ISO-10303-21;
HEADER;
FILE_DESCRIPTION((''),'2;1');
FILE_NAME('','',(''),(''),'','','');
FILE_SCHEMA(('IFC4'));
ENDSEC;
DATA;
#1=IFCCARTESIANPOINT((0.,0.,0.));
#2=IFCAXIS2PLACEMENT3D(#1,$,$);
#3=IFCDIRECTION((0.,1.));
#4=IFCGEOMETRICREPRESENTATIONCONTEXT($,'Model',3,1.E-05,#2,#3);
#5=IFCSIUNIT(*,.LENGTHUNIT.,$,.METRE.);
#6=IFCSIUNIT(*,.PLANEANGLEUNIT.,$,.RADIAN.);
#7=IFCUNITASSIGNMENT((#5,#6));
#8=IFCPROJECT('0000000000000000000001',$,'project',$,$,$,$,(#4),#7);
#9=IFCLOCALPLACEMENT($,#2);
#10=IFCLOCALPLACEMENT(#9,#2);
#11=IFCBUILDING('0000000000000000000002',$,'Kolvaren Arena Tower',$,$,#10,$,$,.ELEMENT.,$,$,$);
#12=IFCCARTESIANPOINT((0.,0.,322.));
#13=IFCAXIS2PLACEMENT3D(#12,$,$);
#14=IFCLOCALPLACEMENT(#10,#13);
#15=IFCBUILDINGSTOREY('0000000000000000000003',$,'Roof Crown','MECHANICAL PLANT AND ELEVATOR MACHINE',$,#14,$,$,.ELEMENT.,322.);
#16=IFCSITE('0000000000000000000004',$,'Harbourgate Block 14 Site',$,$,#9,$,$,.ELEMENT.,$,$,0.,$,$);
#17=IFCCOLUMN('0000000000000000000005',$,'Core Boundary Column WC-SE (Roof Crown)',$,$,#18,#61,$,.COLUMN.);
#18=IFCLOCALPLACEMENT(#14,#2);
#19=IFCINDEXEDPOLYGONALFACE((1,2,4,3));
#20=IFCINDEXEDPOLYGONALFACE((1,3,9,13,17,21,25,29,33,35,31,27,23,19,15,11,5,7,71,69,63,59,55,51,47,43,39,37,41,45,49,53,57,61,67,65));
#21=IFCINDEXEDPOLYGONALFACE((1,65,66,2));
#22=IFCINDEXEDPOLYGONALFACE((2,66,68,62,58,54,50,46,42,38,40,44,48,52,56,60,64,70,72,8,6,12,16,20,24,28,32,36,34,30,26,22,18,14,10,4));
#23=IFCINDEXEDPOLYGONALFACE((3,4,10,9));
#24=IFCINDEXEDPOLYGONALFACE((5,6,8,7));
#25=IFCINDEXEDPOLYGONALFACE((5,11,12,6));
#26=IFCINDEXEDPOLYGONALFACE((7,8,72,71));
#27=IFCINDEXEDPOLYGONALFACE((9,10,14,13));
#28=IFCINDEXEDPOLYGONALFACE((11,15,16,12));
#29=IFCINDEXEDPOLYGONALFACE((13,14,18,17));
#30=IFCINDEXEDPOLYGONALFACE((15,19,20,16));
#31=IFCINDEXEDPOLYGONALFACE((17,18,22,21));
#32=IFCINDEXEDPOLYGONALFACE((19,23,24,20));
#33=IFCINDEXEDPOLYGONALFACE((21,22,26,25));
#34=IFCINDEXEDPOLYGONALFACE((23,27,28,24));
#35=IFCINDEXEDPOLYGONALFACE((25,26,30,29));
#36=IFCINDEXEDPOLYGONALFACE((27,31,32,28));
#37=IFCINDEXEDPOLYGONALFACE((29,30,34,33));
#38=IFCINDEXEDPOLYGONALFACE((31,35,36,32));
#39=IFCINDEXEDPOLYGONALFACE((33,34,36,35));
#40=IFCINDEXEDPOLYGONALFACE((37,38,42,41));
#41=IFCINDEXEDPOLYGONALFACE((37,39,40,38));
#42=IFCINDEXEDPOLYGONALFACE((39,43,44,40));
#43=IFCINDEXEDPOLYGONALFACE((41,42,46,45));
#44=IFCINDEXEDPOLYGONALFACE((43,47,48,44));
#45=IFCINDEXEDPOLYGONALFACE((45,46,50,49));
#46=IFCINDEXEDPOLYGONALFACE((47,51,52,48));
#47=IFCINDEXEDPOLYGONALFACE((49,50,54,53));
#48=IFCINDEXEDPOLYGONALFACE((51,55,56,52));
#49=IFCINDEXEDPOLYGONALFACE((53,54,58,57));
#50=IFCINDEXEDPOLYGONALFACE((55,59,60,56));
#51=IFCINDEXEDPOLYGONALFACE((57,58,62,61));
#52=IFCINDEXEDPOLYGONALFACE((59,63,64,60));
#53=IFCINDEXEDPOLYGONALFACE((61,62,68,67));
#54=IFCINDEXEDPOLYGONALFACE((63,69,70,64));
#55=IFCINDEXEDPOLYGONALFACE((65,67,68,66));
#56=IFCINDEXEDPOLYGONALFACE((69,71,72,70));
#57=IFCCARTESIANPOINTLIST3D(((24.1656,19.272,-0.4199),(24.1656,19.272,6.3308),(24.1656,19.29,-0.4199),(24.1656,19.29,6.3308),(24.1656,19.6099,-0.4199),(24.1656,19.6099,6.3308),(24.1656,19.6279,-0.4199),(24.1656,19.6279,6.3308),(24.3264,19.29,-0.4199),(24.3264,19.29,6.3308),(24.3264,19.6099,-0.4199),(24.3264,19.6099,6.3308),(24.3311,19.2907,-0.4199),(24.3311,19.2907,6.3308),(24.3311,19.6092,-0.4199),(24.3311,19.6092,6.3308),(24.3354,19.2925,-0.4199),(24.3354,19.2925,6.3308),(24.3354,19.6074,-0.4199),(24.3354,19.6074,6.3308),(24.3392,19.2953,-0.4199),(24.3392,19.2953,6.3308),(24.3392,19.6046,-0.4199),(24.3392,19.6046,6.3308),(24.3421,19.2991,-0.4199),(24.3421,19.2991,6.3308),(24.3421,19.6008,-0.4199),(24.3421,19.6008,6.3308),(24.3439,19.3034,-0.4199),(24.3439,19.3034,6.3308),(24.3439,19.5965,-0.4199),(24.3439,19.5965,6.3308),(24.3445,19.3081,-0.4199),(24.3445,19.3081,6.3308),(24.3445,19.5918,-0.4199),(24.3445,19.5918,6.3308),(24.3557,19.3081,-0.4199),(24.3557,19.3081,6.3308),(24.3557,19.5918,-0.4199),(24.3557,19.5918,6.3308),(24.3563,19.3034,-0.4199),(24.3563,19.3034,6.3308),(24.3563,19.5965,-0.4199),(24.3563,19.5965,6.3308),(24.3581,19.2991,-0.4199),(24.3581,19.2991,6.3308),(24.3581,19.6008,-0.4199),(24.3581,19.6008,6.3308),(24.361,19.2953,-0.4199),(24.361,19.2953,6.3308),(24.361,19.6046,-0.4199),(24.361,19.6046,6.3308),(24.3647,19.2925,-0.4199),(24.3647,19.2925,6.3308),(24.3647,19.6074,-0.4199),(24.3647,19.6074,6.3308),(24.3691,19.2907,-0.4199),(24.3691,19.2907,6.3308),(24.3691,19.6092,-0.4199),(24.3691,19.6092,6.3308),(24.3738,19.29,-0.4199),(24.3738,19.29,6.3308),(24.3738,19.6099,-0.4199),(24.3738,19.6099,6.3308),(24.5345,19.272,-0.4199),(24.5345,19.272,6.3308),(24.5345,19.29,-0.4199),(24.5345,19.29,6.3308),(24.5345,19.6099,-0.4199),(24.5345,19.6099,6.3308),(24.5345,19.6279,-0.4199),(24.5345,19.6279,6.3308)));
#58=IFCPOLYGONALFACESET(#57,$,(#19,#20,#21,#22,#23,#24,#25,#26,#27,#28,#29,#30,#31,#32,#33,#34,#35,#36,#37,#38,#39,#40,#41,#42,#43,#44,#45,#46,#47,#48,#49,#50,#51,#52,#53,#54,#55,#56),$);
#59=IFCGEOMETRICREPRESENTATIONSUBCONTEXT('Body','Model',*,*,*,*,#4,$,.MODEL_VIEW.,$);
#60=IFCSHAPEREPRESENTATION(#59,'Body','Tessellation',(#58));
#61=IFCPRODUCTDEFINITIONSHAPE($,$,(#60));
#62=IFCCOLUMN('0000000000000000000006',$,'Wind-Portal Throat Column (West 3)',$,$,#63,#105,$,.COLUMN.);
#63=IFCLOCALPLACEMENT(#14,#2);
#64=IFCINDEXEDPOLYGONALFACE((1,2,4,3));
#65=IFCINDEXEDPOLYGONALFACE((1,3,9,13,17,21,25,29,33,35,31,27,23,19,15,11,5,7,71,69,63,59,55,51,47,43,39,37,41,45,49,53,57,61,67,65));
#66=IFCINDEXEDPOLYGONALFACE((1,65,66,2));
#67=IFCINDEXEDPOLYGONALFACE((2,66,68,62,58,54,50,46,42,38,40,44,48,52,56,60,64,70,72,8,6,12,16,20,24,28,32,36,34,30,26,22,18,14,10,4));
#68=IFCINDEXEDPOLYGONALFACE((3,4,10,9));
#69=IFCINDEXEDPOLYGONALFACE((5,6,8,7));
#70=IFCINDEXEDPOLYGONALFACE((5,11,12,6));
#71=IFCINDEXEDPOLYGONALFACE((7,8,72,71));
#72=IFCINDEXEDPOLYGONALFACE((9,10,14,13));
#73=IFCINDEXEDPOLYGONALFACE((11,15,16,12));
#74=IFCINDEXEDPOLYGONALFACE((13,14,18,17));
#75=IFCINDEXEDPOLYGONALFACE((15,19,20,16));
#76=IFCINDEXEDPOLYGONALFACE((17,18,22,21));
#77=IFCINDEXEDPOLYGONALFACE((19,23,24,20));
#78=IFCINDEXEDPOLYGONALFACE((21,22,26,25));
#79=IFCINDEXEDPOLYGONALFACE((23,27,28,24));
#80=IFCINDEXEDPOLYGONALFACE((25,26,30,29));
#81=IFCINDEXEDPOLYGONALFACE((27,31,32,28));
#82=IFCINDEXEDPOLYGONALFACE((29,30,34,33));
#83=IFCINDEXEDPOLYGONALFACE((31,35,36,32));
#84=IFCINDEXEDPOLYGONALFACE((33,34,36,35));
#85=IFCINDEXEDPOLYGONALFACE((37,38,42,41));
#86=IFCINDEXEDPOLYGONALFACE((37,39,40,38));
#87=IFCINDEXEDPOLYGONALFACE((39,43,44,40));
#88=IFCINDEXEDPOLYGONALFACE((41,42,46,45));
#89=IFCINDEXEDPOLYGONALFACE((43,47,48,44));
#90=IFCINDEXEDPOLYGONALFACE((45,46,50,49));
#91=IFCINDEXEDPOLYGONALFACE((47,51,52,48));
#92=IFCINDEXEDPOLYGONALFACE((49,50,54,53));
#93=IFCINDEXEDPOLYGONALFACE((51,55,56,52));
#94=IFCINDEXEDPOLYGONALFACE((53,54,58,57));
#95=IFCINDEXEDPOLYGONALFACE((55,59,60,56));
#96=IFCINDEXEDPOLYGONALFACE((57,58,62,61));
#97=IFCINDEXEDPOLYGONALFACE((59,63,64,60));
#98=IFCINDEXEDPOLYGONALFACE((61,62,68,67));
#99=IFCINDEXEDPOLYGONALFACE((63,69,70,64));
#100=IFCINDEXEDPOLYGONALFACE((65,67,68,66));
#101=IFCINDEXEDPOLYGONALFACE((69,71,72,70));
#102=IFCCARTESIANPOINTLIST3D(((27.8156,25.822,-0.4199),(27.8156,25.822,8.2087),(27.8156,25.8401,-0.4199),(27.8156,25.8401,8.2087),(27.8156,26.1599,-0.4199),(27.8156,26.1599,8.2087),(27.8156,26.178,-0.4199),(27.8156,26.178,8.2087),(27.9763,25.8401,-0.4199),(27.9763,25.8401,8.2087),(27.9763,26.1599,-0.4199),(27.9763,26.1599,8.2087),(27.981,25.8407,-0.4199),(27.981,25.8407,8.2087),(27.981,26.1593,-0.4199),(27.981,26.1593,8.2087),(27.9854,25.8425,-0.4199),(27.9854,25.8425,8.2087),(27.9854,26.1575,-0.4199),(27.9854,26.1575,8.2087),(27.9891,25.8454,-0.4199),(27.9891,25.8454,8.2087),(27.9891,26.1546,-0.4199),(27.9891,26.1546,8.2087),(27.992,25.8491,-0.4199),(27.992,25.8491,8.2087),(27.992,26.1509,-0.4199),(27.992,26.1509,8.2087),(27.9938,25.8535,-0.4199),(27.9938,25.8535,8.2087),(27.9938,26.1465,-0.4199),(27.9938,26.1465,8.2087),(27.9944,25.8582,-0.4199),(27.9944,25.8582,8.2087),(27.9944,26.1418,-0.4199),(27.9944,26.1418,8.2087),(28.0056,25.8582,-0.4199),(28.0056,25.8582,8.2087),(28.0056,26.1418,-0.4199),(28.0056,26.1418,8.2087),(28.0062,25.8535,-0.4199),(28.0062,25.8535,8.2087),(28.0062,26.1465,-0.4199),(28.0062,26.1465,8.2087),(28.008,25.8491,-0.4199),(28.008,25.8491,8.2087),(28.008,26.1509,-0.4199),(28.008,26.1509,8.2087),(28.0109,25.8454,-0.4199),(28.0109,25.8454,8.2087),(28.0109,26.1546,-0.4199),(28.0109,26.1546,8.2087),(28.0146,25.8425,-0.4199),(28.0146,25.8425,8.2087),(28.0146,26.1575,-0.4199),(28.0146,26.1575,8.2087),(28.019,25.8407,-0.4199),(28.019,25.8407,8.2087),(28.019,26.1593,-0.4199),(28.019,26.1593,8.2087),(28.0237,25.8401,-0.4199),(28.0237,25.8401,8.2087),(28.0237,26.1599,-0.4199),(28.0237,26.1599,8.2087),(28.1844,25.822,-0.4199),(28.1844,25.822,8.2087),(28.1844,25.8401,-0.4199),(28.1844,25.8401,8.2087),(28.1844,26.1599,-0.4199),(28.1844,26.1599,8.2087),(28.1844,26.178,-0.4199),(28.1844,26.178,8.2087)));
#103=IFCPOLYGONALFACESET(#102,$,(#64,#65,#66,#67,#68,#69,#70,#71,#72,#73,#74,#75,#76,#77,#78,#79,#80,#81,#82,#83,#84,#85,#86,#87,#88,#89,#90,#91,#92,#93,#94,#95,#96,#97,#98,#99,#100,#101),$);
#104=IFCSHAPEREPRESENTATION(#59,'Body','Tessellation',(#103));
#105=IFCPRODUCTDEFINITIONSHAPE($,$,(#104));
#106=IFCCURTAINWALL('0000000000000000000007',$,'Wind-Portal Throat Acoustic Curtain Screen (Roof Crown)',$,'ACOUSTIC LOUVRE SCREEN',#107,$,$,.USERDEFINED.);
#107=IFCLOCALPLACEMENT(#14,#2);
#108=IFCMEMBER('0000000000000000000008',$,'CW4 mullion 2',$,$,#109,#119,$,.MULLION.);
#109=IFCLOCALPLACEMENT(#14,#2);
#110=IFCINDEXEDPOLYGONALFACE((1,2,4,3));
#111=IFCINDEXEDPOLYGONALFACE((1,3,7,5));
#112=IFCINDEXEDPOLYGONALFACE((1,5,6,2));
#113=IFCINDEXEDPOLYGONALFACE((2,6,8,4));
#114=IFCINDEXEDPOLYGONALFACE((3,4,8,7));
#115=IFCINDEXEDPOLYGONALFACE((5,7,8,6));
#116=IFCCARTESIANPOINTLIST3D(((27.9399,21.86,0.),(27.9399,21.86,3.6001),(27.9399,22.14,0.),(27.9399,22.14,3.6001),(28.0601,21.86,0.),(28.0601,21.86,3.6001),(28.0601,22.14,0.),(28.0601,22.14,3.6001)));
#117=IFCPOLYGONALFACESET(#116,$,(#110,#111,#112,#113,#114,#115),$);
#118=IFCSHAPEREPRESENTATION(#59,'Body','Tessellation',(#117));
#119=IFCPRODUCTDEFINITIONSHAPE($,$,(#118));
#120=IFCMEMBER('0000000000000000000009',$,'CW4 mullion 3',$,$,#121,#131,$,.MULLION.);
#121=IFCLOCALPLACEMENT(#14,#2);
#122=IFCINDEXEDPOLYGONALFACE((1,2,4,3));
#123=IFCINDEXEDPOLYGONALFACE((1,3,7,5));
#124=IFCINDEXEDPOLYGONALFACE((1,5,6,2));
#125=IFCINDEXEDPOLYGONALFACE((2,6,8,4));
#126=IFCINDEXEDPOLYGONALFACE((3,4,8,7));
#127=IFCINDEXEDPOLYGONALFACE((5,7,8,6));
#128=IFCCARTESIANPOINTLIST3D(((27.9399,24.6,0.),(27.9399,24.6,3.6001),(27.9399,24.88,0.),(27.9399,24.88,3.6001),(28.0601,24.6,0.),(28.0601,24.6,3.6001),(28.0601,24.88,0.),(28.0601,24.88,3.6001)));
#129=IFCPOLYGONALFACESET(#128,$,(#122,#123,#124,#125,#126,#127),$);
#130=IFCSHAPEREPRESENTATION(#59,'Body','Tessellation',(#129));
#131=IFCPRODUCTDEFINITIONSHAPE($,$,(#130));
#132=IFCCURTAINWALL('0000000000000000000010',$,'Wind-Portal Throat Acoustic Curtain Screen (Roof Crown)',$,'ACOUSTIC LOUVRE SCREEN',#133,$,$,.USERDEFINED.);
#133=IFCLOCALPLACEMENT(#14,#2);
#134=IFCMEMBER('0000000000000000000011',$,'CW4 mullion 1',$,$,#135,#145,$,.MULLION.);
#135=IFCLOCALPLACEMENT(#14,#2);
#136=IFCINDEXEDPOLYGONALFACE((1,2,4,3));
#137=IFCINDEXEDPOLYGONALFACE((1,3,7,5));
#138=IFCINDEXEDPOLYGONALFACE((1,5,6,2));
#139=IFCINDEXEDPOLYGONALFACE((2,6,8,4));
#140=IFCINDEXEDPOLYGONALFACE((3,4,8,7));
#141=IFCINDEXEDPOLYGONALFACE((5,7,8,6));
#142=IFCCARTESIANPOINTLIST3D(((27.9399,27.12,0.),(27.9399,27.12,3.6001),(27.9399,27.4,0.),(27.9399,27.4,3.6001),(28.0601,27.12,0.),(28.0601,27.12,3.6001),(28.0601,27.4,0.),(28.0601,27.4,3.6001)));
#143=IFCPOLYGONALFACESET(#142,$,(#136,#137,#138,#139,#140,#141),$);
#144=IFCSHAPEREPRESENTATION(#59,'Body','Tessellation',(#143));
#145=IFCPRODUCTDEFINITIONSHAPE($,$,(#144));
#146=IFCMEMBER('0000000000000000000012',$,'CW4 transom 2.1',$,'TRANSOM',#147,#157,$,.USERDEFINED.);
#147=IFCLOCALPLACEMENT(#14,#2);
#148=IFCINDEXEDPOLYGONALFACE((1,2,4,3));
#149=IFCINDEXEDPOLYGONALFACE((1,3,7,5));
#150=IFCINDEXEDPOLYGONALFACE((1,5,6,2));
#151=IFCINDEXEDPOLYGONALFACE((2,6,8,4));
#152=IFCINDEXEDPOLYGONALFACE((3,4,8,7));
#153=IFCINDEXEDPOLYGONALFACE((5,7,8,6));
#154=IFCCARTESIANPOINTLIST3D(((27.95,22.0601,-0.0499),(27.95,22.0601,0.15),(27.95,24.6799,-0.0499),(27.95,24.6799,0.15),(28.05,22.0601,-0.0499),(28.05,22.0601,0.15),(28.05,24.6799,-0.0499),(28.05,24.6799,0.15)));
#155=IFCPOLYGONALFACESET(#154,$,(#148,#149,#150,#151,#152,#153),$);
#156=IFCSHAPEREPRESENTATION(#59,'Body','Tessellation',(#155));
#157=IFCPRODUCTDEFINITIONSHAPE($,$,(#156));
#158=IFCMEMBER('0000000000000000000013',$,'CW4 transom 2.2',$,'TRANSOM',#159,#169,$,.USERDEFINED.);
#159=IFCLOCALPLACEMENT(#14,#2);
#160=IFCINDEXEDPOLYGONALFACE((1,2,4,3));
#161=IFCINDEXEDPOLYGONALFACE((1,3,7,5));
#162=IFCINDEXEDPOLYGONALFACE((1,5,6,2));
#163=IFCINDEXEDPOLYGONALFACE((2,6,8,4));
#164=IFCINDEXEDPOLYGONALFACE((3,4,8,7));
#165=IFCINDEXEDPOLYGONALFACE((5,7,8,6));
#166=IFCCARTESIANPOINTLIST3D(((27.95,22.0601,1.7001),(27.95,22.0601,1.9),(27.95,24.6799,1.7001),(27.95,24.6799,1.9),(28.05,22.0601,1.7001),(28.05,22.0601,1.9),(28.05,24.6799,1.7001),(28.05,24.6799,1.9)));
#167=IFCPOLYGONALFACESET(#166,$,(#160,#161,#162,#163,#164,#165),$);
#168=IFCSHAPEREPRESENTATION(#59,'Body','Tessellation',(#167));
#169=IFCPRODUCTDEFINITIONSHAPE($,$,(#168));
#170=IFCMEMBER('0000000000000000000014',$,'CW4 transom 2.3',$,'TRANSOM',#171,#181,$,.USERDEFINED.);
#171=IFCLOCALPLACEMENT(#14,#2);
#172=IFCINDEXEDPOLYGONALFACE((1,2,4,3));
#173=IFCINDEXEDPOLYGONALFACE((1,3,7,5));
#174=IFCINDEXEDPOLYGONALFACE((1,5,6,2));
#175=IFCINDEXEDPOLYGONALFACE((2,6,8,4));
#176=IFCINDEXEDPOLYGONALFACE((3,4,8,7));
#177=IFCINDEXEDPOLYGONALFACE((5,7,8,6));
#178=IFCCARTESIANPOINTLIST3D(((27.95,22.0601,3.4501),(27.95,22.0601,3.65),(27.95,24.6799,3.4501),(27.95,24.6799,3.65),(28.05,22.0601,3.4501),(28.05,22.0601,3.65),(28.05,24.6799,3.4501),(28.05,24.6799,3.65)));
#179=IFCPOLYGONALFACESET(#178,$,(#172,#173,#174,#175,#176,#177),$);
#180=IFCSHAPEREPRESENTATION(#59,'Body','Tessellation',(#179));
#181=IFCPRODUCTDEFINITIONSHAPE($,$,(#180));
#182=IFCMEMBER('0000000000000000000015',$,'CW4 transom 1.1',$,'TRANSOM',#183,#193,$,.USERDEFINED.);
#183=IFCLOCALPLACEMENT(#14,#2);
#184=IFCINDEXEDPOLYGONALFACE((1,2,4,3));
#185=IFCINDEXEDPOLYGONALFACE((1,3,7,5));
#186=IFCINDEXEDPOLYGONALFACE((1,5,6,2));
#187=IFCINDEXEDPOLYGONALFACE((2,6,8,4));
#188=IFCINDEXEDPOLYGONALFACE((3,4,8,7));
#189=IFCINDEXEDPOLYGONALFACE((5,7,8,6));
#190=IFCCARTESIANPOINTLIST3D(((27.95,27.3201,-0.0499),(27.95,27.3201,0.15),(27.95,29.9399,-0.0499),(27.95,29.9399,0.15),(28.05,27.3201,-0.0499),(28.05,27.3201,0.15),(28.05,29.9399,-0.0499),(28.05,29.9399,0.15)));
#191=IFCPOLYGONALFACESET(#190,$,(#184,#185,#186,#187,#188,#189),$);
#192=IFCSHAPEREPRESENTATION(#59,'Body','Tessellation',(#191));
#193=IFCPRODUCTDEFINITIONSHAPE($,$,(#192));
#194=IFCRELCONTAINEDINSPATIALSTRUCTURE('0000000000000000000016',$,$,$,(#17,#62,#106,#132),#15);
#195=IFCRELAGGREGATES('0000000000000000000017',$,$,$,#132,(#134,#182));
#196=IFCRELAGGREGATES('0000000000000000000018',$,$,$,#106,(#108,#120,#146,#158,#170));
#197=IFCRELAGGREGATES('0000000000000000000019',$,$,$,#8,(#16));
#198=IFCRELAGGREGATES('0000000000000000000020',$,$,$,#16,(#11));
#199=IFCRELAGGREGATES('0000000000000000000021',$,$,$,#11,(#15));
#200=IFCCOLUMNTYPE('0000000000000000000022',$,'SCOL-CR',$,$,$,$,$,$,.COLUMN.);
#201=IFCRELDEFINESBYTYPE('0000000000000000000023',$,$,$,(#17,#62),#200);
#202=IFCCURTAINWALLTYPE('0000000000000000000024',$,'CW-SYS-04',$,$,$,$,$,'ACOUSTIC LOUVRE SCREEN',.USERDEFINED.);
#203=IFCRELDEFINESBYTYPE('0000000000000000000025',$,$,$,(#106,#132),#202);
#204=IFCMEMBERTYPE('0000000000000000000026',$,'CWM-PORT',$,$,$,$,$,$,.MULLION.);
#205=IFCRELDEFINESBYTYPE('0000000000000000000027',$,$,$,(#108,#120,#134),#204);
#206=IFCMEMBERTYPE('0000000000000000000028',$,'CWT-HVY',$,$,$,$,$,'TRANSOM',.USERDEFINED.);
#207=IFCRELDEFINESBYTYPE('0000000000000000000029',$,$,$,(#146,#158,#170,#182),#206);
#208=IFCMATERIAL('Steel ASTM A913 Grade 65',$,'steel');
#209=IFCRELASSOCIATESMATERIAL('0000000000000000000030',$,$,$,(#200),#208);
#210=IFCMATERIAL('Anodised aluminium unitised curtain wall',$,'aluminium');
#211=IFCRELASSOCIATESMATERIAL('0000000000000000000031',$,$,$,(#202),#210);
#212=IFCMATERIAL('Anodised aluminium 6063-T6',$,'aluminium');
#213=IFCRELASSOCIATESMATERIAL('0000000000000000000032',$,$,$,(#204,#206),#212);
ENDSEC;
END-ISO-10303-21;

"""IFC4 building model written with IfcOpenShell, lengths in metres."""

from ifc_helpers import new_model, si_unit, direction, frame, origin, origin_2d, place, context, subcontext, project, spatial, rectangle, i_section, extrude, material, material_profile, profile_set, type_object, element, aggregate, save


model = new_model("IFC4")

# Units and contexts
model_context = context("Model", 3, precision=1e-05, world=origin(), true_north=direction((0.0, 1.0)))
body_context = subcontext(model_context, "Body", "Model", "MODEL_VIEW")
ifc_project = project(units=[si_unit("LENGTHUNIT", "METRE"), si_unit("PLANEANGLEUNIT", "RADIAN")], contexts=[model_context])

# Site, building, storey
site_placement = place(None, origin())
site = spatial("IfcSite", under=ifc_project, at=site_placement, Name="Harbourgate Block 14 Site", CompositionType="ELEMENT", RefElevation=0.0)
building_placement = place(site_placement, origin())
building = spatial("IfcBuilding", under=site, at=building_placement, Name="Kolvaren Arena Tower", CompositionType="ELEMENT")
storey_placement = place(building_placement, frame((0.0, 0.0, 322.0)))
storey = spatial("IfcBuildingStorey", under=building, at=storey_placement, Name="Roof Crown", Description="MECHANICAL PLANT AND ELEVATOR MACHINE", CompositionType="ELEMENT", Elevation=322.0)

# Columns
ifc_material_1 = material(Name="Steel ASTM A913 Grade 65", Category="steel")
ifc_material_profile_1 = material_profile(ifc_material_1, i_section(OverallWidth=0.3689, OverallDepth=0.356, WebThickness=0.0112, FlangeThickness=0.0181, FilletRadius=0.0181, at=origin_2d()), Name="W360x134")
ifc_profile_set_1 = profile_set([ifc_material_profile_1], Name="Steel ASTM A913 Grade 65")
column_type = type_object("IfcColumnType", Name="SCOL-CR", PredefinedType="COLUMN", material=ifc_profile_set_1)
column_1_placement = place(storey_placement, frame((24.3501, 19.45, -0.4199), z_axis=(0.0, 0.0, 1.0), x_axis=(1.0, 0.0, 0.0)))
element("IfcColumn", 1, at=column_1_placement, inside=storey, type_object=column_type, Name="Core Boundary Column WC-SE (Roof Crown)", PredefinedType="COLUMN", context=body_context, shape_type="SweptSolid", body=[
    extrude(i_section(OverallWidth=0.3689, OverallDepth=0.356, WebThickness=0.0112, FlangeThickness=0.0181, FilletRadius=0.0181, at=origin_2d()), origin(), (0.0, 0.0, 1.0), 6.7507),
])
column_2_placement = place(storey_placement, frame((28.0, 26.0, -0.4199), z_axis=(0.0, 0.0, 1.0), x_axis=(1.0, 0.0, 0.0)))
element("IfcColumn", 2, at=column_2_placement, inside=storey, type_object=column_type, Name="Wind-Portal Throat Column (West 3)", PredefinedType="COLUMN", context=body_context, shape_type="SweptSolid", body=[
    extrude(i_section(OverallWidth=0.3689, OverallDepth=0.356, WebThickness=0.0112, FlangeThickness=0.0181, FilletRadius=0.0181, at=origin_2d()), origin(), (0.0, 0.0, 1.0), 8.6287),
])

# Curtain wall, members
ifc_material_2 = material(Name="Anodised aluminium unitised curtain wall", Category="aluminium")
curtain_wall_type = type_object("IfcCurtainWallType", Name="CW-SYS-04", ElementType="ACOUSTIC LOUVRE SCREEN", PredefinedType="USERDEFINED", material=ifc_material_2)
curtain_wall_1_placement = place(storey_placement, origin())
curtain_wall_1 = element("IfcCurtainWall", 3, at=curtain_wall_1_placement, inside=storey, type_object=curtain_wall_type, Name="Wind-Portal Throat Acoustic Curtain Screen (Roof Crown)", ObjectType="ACOUSTIC LOUVRE SCREEN", PredefinedType="USERDEFINED")
ifc_material_3 = material(Name="Anodised aluminium 6063-T6", Category="aluminium")
ifc_material_profile_2 = material_profile(ifc_material_3, rectangle(XDim=0.1201, YDim=0.28, at=origin_2d()), Name="ALU-120x280")
ifc_profile_set_2 = profile_set([ifc_material_profile_2], Name="Anodised aluminium 6063-T6")
member_type_1 = type_object("IfcMemberType", Name="CWM-PORT", PredefinedType="MULLION", material=ifc_profile_set_2)
member_1_placement = place(storey_placement, frame((28.0, 22.0, 0.0), z_axis=(0.0, 0.0, 1.0), x_axis=(-1.0, 0.0, 0.0)))
member_1 = element("IfcMember", 4, at=member_1_placement, type_object=member_type_1, Name="CW4 mullion 2", PredefinedType="MULLION", context=body_context, shape_type="SweptSolid", body=[
    extrude(rectangle(XDim=0.1201, YDim=0.28, at=origin_2d()), origin(), (0.0, 0.0, 1.0), 3.6001),
])
member_2_placement = place(storey_placement, frame((28.0, 24.74, 0.0), z_axis=(0.0, 0.0, 1.0), x_axis=(-1.0, 0.0, 0.0)))
member_2 = element("IfcMember", 5, at=member_2_placement, type_object=member_type_1, Name="CW4 mullion 3", PredefinedType="MULLION", context=body_context, shape_type="SweptSolid", body=[
    extrude(rectangle(XDim=0.1201, YDim=0.28, at=origin_2d()), origin(), (0.0, 0.0, 1.0), 3.6001),
])

# Curtain wall, member
curtain_wall_2_placement = place(storey_placement, origin())
curtain_wall_2 = element("IfcCurtainWall", 6, at=curtain_wall_2_placement, inside=storey, type_object=curtain_wall_type, Name="Wind-Portal Throat Acoustic Curtain Screen (Roof Crown)", ObjectType="ACOUSTIC LOUVRE SCREEN", PredefinedType="USERDEFINED")
member_3_placement = place(storey_placement, frame((28.0, 27.26, 0.0), z_axis=(0.0, 0.0, 1.0), x_axis=(-1.0, 0.0, 0.0)))
member_3 = element("IfcMember", 7, at=member_3_placement, type_object=member_type_1, Name="CW4 mullion 1", PredefinedType="MULLION", context=body_context, shape_type="SweptSolid", body=[
    extrude(rectangle(XDim=0.1201, YDim=0.28, at=origin_2d()), origin(), (0.0, 0.0, 1.0), 3.6001),
])

# Members
ifc_material_profile_3 = material_profile(ifc_material_3, rectangle(XDim=0.1001, YDim=0.2, at=origin_2d()), Name="ALU-100x200")
ifc_profile_set_3 = profile_set([ifc_material_profile_3], Name="Anodised aluminium 6063-T6")
member_type_2 = type_object("IfcMemberType", Name="CWT-HVY", ElementType="TRANSOM", PredefinedType="USERDEFINED", material=ifc_profile_set_3)
member_4_placement = place(storey_placement, frame((28.0, 22.0601, 0.05), z_axis=(0.0, 1.0, 0.0), x_axis=(-1.0, 0.0, 0.0)))
member_4 = element("IfcMember", 8, at=member_4_placement, type_object=member_type_2, Name="CW4 transom 2.1", ObjectType="TRANSOM", PredefinedType="USERDEFINED", context=body_context, shape_type="SweptSolid", body=[
    extrude(rectangle(XDim=0.1001, YDim=0.2, at=origin_2d()), origin(), (0.0, 0.0, 1.0), 2.6199),
])
member_5_placement = place(storey_placement, frame((28.0, 22.0601, 1.8), z_axis=(0.0, 1.0, 0.0), x_axis=(-1.0, 0.0, 0.0)))
member_5 = element("IfcMember", 9, at=member_5_placement, type_object=member_type_2, Name="CW4 transom 2.2", ObjectType="TRANSOM", PredefinedType="USERDEFINED", context=body_context, shape_type="SweptSolid", body=[
    extrude(rectangle(XDim=0.1001, YDim=0.2, at=origin_2d()), origin(), (0.0, 0.0, 1.0), 2.6199),
])
member_6_placement = place(storey_placement, frame((28.0, 22.0601, 3.55), z_axis=(0.0, 1.0, 0.0), x_axis=(-1.0, 0.0, 0.0)))
member_6 = element("IfcMember", 10, at=member_6_placement, type_object=member_type_2, Name="CW4 transom 2.3", ObjectType="TRANSOM", PredefinedType="USERDEFINED", context=body_context, shape_type="SweptSolid", body=[
    extrude(rectangle(XDim=0.1001, YDim=0.2, at=origin_2d()), origin(), (0.0, 0.0, 1.0), 2.6199),
])
member_7_placement = place(storey_placement, frame((28.0, 27.3201, 0.05), z_axis=(0.0, 1.0, 0.0), x_axis=(-1.0, 0.0, 0.0)))
member_7 = element("IfcMember", 11, at=member_7_placement, type_object=member_type_2, Name="CW4 transom 1.1", ObjectType="TRANSOM", PredefinedType="USERDEFINED", context=body_context, shape_type="SweptSolid", body=[
    extrude(rectangle(XDim=0.1001, YDim=0.2, at=origin_2d()), origin(), (0.0, 0.0, 1.0), 2.6199),
])
aggregate(curtain_wall_2, [member_3, member_7])

aggregate(curtain_wall_1, [member_1, member_2, member_4, member_5, member_6])

save(model, "model.ifc")
